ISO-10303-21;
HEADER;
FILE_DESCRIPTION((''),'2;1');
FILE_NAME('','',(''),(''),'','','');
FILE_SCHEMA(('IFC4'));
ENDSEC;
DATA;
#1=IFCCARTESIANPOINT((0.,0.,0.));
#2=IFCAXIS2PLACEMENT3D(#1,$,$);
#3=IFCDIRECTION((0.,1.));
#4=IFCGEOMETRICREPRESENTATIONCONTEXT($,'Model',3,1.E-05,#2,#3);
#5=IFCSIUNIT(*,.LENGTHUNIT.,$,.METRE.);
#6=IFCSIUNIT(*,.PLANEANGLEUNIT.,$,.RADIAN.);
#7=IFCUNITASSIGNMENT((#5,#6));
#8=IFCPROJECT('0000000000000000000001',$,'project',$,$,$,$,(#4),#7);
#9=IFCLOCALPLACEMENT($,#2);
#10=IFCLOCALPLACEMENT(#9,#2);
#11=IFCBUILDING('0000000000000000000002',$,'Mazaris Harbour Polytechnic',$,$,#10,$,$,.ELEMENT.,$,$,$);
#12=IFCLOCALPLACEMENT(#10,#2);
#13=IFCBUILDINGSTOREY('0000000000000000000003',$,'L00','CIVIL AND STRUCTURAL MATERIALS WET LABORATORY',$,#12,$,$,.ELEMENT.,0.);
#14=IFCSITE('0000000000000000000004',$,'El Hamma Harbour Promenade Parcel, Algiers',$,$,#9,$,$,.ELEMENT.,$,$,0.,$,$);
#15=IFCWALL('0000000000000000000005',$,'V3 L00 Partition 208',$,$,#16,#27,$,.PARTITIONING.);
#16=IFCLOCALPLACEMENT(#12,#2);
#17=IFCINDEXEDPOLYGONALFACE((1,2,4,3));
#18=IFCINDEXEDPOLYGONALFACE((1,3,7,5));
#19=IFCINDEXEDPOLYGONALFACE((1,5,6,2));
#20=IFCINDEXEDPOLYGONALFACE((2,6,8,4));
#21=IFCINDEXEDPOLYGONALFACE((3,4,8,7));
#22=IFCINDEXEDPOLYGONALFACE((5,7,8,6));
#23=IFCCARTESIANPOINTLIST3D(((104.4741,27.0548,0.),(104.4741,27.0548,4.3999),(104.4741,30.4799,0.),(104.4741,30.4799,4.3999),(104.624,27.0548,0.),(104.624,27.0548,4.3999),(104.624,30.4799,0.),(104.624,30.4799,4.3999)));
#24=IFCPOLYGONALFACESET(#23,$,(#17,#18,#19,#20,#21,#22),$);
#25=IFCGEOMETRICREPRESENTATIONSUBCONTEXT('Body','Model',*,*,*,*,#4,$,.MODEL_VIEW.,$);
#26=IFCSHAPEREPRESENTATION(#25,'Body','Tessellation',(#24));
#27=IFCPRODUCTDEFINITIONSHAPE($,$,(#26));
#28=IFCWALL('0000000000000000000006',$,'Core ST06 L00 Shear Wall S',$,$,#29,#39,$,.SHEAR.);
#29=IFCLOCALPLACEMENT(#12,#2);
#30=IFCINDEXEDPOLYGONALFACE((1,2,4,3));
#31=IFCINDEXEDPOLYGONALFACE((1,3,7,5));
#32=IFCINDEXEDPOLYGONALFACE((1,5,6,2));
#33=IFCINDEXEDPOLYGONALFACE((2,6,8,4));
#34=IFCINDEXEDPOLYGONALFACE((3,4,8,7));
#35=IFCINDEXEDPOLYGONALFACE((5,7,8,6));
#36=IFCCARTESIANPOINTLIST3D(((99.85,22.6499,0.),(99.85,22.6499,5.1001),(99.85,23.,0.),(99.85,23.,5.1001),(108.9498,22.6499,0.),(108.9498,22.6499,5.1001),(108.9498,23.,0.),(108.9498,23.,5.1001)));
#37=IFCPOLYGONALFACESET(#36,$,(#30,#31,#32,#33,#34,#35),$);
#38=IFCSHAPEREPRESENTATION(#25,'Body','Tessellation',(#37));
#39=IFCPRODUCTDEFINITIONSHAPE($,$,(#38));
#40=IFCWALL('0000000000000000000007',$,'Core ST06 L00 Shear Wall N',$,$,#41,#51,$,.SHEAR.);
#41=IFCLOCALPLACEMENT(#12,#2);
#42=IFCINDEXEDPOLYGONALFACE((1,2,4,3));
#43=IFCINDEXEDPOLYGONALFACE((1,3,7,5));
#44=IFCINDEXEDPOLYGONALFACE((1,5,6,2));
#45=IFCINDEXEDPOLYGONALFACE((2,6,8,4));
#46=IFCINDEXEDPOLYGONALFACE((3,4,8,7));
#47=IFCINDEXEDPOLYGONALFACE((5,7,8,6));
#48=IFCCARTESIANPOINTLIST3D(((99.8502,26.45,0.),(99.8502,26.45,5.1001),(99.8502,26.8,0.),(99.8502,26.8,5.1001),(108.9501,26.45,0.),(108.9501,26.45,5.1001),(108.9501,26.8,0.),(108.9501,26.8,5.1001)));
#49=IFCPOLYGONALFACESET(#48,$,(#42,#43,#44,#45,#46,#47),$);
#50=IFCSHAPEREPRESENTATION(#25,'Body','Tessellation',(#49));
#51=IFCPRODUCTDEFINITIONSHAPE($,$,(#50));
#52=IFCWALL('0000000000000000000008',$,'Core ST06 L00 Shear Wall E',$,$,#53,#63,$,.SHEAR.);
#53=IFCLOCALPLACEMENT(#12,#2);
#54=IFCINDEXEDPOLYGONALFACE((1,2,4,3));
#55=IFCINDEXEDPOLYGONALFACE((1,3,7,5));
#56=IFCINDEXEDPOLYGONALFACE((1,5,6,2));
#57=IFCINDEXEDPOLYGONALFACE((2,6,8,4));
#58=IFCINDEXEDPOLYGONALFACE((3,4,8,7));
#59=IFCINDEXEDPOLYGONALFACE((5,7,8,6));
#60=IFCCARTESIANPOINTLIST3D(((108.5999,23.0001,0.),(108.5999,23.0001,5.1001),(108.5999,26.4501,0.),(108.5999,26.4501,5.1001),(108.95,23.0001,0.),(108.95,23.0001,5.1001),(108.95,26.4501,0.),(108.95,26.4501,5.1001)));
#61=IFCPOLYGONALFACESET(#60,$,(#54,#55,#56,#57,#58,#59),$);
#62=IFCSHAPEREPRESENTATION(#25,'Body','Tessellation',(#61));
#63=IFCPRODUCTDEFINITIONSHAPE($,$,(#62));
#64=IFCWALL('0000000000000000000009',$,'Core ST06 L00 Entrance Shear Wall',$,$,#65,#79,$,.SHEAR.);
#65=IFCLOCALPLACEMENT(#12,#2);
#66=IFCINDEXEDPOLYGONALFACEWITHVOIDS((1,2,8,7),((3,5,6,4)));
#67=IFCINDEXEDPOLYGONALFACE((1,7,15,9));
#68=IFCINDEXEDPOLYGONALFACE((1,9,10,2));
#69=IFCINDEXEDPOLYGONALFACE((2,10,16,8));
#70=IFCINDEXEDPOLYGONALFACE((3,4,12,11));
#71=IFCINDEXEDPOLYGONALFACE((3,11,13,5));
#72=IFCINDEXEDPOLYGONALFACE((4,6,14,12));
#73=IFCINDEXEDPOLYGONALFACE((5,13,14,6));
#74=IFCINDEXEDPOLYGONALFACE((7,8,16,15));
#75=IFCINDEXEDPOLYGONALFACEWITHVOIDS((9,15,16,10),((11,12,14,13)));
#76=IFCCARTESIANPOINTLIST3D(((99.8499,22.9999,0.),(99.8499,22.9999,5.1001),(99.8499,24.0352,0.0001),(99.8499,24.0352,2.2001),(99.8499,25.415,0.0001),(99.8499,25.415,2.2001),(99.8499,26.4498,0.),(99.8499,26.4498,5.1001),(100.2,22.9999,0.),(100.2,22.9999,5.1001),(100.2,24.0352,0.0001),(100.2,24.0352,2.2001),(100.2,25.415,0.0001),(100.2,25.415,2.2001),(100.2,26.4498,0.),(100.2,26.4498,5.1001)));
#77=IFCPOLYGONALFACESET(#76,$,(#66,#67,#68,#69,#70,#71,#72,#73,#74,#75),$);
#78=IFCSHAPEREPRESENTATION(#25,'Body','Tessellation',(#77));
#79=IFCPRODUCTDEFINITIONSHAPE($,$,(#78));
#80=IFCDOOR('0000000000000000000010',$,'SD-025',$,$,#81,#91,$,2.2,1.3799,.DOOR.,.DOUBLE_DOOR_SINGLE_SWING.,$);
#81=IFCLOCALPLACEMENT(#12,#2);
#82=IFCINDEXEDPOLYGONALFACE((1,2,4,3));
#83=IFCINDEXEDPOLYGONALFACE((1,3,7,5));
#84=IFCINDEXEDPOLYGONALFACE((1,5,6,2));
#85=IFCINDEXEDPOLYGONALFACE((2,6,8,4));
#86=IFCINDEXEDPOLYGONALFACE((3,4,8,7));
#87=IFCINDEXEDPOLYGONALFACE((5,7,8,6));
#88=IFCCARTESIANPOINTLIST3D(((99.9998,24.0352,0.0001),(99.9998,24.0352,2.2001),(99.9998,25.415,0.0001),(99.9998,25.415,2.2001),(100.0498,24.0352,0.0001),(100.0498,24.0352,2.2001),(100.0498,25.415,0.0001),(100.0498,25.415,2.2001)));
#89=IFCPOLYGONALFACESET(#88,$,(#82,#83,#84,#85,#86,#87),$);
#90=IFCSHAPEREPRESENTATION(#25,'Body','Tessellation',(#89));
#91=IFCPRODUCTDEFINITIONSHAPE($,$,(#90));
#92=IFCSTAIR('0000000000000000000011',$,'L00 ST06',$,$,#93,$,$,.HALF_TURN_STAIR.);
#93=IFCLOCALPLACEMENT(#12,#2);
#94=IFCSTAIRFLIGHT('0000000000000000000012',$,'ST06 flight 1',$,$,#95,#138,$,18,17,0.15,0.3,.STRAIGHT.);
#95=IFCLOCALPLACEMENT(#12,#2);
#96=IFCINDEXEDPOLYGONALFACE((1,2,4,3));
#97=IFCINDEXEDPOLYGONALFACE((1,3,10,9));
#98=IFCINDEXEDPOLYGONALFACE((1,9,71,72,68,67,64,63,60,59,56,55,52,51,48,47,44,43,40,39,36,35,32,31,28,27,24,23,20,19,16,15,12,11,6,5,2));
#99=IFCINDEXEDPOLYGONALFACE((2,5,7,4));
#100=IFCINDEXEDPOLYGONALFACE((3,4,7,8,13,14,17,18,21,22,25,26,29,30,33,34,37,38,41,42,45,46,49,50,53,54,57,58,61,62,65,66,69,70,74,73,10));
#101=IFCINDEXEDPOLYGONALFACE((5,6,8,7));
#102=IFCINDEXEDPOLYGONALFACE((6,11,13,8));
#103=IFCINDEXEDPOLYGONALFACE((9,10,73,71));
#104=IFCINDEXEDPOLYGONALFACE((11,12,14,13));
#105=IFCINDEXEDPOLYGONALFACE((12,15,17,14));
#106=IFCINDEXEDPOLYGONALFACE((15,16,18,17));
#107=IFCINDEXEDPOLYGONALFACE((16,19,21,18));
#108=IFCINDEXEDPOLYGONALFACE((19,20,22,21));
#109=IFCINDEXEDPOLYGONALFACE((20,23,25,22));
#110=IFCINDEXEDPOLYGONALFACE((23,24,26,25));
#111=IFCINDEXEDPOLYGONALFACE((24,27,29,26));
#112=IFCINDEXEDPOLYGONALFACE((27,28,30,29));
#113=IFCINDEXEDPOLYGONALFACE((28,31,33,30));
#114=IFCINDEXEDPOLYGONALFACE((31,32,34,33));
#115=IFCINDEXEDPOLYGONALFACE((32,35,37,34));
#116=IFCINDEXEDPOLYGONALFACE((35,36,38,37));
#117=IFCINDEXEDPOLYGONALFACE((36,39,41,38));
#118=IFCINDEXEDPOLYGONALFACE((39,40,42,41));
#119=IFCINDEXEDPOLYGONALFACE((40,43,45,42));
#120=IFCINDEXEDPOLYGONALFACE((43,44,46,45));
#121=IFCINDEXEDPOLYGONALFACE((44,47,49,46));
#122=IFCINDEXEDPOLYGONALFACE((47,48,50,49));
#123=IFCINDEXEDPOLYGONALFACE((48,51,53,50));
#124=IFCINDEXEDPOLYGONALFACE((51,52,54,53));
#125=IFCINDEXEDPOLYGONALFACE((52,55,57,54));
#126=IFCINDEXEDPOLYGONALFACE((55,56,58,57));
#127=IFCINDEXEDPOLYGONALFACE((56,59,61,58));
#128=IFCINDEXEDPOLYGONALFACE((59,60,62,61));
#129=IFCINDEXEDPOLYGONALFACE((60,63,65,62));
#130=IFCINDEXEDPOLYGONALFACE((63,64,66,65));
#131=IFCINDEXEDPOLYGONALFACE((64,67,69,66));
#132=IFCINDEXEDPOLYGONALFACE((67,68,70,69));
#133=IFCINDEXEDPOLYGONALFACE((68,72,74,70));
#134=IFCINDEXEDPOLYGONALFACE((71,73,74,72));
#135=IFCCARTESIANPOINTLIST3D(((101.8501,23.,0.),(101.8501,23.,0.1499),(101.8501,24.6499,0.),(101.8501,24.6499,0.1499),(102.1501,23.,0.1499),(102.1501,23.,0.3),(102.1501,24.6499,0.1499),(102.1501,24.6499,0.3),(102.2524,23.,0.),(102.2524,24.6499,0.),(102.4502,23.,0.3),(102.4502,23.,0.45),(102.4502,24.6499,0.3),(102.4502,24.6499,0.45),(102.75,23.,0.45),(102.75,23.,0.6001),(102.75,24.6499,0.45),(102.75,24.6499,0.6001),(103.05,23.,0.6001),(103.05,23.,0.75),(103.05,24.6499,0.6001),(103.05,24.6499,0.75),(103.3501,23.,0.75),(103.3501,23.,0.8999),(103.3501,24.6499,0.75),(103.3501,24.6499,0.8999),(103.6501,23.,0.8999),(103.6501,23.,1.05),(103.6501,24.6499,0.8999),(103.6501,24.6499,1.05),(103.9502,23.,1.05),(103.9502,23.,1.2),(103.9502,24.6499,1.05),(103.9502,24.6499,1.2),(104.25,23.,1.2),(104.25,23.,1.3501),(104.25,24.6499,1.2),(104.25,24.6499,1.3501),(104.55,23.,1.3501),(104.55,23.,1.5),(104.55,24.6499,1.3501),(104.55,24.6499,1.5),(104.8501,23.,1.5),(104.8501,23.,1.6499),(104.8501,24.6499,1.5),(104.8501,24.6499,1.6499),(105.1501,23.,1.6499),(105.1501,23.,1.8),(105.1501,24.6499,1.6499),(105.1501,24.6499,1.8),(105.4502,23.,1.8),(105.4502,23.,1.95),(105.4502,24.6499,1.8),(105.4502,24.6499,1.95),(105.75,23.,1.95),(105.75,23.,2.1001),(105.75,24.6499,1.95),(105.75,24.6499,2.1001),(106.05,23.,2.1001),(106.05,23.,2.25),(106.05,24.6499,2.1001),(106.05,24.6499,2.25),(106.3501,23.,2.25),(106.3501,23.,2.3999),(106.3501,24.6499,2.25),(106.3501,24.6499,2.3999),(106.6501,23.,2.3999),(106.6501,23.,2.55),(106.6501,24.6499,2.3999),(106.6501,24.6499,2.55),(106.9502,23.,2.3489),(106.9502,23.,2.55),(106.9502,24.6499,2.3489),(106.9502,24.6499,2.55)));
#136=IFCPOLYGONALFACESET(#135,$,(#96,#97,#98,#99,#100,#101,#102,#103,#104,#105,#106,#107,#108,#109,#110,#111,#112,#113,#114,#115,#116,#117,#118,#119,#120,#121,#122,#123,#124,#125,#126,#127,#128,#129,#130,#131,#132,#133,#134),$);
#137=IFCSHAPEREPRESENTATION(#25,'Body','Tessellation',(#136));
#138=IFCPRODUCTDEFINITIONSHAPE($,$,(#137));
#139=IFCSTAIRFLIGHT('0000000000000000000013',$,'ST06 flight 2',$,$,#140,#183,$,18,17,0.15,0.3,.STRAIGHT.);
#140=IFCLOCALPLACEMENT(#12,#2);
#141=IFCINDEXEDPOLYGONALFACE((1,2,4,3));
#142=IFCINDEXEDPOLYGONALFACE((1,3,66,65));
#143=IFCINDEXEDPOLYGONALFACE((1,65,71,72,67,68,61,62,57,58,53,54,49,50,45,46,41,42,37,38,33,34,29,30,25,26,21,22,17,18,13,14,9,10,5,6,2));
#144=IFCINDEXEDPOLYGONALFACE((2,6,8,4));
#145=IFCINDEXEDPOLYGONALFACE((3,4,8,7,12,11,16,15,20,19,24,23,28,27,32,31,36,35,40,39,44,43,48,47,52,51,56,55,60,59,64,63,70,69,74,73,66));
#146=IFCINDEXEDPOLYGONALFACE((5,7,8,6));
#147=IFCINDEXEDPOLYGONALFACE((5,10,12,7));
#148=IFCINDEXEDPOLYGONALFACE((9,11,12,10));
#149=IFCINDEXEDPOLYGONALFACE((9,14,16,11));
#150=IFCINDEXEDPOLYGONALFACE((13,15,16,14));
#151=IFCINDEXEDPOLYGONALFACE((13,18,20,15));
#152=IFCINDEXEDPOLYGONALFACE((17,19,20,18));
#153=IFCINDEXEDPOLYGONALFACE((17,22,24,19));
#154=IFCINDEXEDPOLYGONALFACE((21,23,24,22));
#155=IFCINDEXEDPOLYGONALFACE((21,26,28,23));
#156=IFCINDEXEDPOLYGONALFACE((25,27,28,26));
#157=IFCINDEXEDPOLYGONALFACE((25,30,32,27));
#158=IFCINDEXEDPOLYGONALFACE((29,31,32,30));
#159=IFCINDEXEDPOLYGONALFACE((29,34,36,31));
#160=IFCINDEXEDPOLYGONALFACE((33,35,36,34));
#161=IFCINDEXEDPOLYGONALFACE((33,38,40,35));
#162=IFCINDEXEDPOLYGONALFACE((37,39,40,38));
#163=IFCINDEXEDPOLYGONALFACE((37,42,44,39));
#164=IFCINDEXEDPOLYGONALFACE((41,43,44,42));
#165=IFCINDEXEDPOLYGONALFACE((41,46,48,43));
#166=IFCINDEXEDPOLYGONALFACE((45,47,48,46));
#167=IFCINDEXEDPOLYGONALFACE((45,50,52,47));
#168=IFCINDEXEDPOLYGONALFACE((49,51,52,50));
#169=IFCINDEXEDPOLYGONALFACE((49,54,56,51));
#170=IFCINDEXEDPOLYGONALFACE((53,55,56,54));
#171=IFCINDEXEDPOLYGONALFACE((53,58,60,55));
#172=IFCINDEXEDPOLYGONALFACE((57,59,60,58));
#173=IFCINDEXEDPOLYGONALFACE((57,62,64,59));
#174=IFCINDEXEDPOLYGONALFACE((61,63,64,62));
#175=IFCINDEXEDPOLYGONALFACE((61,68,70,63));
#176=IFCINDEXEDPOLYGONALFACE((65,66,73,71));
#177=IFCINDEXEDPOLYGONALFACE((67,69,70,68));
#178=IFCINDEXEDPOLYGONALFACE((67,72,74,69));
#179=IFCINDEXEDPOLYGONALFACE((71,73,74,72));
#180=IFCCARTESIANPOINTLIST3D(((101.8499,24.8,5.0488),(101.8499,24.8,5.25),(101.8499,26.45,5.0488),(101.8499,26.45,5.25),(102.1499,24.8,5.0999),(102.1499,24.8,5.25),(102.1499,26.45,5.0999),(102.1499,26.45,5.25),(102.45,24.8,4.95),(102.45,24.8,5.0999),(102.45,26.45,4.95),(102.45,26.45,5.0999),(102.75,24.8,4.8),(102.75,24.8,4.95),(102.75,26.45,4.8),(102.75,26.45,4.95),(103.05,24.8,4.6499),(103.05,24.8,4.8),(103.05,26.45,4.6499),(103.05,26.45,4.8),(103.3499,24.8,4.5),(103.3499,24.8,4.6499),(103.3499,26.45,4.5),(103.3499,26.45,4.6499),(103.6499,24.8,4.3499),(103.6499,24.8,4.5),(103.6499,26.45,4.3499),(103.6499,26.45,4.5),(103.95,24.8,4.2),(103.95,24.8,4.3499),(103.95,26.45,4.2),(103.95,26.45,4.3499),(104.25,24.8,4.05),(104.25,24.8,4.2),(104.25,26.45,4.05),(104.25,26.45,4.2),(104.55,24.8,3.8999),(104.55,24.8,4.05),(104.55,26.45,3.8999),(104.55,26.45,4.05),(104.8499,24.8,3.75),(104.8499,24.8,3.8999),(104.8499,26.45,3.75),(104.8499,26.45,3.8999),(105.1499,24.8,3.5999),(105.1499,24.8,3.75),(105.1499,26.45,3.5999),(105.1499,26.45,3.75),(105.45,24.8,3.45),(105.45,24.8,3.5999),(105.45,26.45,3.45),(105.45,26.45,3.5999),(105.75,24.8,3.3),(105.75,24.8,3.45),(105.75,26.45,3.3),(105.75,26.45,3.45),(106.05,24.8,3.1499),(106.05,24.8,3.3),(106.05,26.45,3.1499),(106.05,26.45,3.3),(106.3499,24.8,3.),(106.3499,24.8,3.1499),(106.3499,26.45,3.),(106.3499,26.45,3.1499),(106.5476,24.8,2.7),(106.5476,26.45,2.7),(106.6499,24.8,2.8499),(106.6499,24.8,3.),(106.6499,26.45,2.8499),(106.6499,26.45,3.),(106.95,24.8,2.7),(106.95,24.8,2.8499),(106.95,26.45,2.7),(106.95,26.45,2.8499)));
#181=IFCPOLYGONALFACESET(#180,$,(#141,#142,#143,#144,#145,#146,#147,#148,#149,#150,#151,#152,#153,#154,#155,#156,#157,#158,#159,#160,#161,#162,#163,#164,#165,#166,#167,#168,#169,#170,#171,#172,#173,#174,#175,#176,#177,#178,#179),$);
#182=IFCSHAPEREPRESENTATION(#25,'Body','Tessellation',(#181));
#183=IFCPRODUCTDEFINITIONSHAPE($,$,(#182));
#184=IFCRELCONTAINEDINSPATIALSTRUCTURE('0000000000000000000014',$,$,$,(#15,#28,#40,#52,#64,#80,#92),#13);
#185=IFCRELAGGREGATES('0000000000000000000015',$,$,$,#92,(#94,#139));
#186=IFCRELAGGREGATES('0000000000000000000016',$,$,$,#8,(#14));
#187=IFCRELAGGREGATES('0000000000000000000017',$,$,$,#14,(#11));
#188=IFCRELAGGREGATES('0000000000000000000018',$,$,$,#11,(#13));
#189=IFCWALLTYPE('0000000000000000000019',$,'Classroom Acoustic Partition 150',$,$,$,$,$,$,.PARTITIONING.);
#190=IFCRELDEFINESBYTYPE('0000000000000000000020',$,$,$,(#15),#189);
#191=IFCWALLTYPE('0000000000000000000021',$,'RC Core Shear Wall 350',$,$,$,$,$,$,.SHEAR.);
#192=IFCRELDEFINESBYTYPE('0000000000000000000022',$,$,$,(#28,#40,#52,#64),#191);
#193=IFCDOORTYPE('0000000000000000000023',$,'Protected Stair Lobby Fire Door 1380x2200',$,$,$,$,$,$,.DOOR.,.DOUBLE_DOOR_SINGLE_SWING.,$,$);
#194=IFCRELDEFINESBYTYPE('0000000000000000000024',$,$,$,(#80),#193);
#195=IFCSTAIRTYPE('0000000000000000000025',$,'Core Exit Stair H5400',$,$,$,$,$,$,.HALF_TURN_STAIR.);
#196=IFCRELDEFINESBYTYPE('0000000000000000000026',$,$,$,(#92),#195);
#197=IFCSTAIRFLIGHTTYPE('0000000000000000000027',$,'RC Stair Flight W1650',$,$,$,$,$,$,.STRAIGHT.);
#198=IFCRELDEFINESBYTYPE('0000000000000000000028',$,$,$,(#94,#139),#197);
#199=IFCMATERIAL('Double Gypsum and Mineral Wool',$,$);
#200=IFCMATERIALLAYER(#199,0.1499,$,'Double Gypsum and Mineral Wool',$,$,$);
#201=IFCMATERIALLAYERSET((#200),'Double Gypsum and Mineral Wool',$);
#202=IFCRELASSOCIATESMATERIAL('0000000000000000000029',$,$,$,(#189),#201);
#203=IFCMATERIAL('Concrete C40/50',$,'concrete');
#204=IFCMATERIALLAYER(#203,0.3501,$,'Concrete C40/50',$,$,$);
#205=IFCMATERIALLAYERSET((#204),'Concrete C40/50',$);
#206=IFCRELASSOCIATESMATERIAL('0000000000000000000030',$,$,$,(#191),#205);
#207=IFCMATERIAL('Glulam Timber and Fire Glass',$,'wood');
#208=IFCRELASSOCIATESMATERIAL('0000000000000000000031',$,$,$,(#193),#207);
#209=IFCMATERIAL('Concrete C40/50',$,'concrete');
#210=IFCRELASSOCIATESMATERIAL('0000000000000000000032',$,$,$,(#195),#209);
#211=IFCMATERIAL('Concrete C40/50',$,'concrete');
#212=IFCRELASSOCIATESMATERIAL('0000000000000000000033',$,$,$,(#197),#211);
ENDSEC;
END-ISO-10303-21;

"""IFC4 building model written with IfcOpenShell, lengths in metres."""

from ifc_helpers import new_model, si_unit, direction, frame, frame_2d, origin, place, context, subcontext, project, spatial, polyline, rectangle, outline, extrude, material, layer, layer_set, type_object, element, fill, aggregate, save


model = new_model("IFC4")

# Units and contexts
model_context = context("Model", 3, precision=1e-05, world=origin(), true_north=direction((0.0, 1.0)))
body_context = subcontext(model_context, "Body", "Model", "MODEL_VIEW")
ifc_project = project(units=[si_unit("LENGTHUNIT", "METRE"), si_unit("PLANEANGLEUNIT", "RADIAN")], contexts=[model_context])

# Site, building, storey
site_placement = place(None, origin())
site = spatial("IfcSite", under=ifc_project, at=site_placement, Name="El Hamma Harbour Promenade Parcel, Algiers", CompositionType="ELEMENT", RefElevation=0.0)
building_placement = place(site_placement, origin())
building = spatial("IfcBuilding", under=site, at=building_placement, Name="Mazaris Harbour Polytechnic", CompositionType="ELEMENT")
storey_placement = place(building_placement, origin())
storey = spatial("IfcBuildingStorey", under=building, at=storey_placement, Name="L00", Description="CIVIL AND STRUCTURAL MATERIALS WET LABORATORY", CompositionType="ELEMENT", Elevation=0.0)

# Walls
ifc_material_1 = material(Name="Double Gypsum and Mineral Wool")
ifc_layer_1 = layer(ifc_material_1, 0.1499, Name="Double Gypsum and Mineral Wool")
ifc_layer_set_1 = layer_set([ifc_layer_1], Name="Double Gypsum and Mineral Wool")
wall_type_1 = type_object("IfcWallType", Name="Classroom Acoustic Partition 150", PredefinedType="PARTITIONING", material=ifc_layer_set_1)
wall_1_placement = place(storey_placement, frame((104.5491, 27.0549, 0.0), z_axis=(0.0, 0.0, 1.0), x_axis=(0.0, 1.0, 0.0)))
element("IfcWall", 1, at=wall_1_placement, inside=storey, type_object=wall_type_1, Name="V3 L00 Partition 208", PredefinedType="PARTITIONING", context=body_context, shape_type="SweptSolid", body=[
    extrude(rectangle(XDim=3.425, YDim=0.1499, at=frame_2d((1.7124, 0.0))), origin(), (0.0, 0.0, 1.0), 4.3999),
])
ifc_material_2 = material(Name="Concrete C40/50", Category="concrete")
ifc_layer_2 = layer(ifc_material_2, 0.3501, Name="Concrete C40/50")
ifc_layer_set_2 = layer_set([ifc_layer_2], Name="Concrete C40/50")
wall_type_2 = type_object("IfcWallType", Name="RC Core Shear Wall 350", PredefinedType="SHEAR", material=ifc_layer_set_2)
for number, where, z_axis, x_axis, name in (
    (2, (99.8501, 22.825, 0.0), (0.0, 0.0, 1.0), (1.0, 0.0, 0.0), "Core ST06 L00 Shear Wall S"),
    (3, (108.95, 26.625, 0.0), (0.0, 0.0, 1.0), (-1.0, 0.0, 0.0), "Core ST06 L00 Shear Wall N"),
):
    element("IfcWall", number, at=place(storey_placement, frame(where, z_axis=z_axis, x_axis=x_axis)), inside=storey, type_object=wall_type_2, Name=name, PredefinedType="SHEAR", context=body_context, shape_type="SweptSolid", body=[
        extrude(rectangle(XDim=9.0999, YDim=0.3501, at=frame_2d((4.5498, 0.0))), origin(), (0.0, 0.0, 1.0), 5.1001),
    ])
wall_2_placement = place(storey_placement, frame((108.7749, 23.0, 0.0), z_axis=(0.0, 0.0, 1.0), x_axis=(0.0, 1.0, 0.0)))
element("IfcWall", 4, at=wall_2_placement, inside=storey, type_object=wall_type_2, Name="Core ST06 L00 Shear Wall E", PredefinedType="SHEAR", context=body_context, shape_type="SweptSolid", body=[
    extrude(rectangle(XDim=3.45, YDim=0.3501, at=frame_2d((1.7251, 0.0))), origin(), (0.0, 0.0, 1.0), 5.1001),
])

# Wall, opening, door
wall_3_placement = place(storey_placement, frame((100.0249, 26.45, 0.0), z_axis=(0.0, 0.0, 1.0), x_axis=(0.0, -1.0, 0.0)))
wall_3 = element("IfcWall", 5, at=wall_3_placement, inside=storey, type_object=wall_type_2, Name="Core ST06 L00 Entrance Shear Wall", PredefinedType="SHEAR", context=body_context, shape_type="SweptSolid", body=[
    extrude(rectangle(XDim=3.45, YDim=0.3501, at=frame_2d((1.7251, 0.0))), origin(), (0.0, 0.0, 1.0), 5.1001),
])
opening_placement = place(wall_3_placement, frame((1.0349, 0.0, 0.0)))
opening = element("IfcOpeningElement", 6, at=opening_placement, cuts=wall_3, PredefinedType="OPENING", context=body_context, shape_type="SweptSolid", body=[
    extrude(rectangle(XDim=1.3799, YDim=2.2, at=frame_2d((0.6899, 1.1001))), frame((0.0, 0.1851, 0.0), z_axis=(0.0, -1.0, 0.0), x_axis=(1.0, 0.0, 0.0)), (0.0, 0.0, 1.0), 0.3701),
])
ifc_material_3 = material(Name="Glulam Timber and Fire Glass", Category="wood")
door_type = type_object("IfcDoorType", Name="Protected Stair Lobby Fire Door 1380x2200", OperationType="DOUBLE_DOOR_SINGLE_SWING", PredefinedType="DOOR", material=ifc_material_3)
door_placement = place(opening_placement, origin())
door = element("IfcDoor", 7, at=door_placement, inside=storey, type_object=door_type, Name="SD-025", OperationType="DOUBLE_DOOR_SINGLE_SWING", OverallHeight=2.2, OverallWidth=1.3799, PredefinedType="DOOR", context=body_context, shape_type="SweptSolid", body=[
    extrude(rectangle(XDim=1.3799, YDim=2.2, at=frame_2d((0.6899, 1.1001))), frame((0.0, 0.0249, 0.0), z_axis=(0.0, -1.0, 0.0), x_axis=(1.0, 0.0, 0.0)), (0.0, 0.0, 1.0), 0.05),
])
fill(opening, door)

# Stair, stair flights
ifc_material_4 = material(Name="Concrete C40/50", Category="concrete")
stair_type = type_object("IfcStairType", Name="Core Exit Stair H5400", PredefinedType="HALF_TURN_STAIR", material=ifc_material_4)
stair_placement = place(storey_placement, origin())
stair = element("IfcStair", 8, at=stair_placement, inside=storey, type_object=stair_type, Name="L00 ST06", PredefinedType="HALF_TURN_STAIR")
ifc_material_5 = material(Name="Concrete C40/50", Category="concrete")
stair_flight_type = type_object("IfcStairFlightType", Name="RC Stair Flight W1650", PredefinedType="STRAIGHT", material=ifc_material_5)
stair_flight_1_placement = place(storey_placement, frame((101.8501, 23.825, 0.0), z_axis=(0.0, 0.0, 1.0), x_axis=(1.0, 0.0, 0.0)))
stair_flight_1 = element("IfcStairFlight", 9, at=stair_flight_1_placement, type_object=stair_flight_type, Name="ST06 flight 1", NumberOfRisers=18, NumberOfTreads=17, PredefinedType="STRAIGHT", RiserHeight=0.15, TreadLength=0.3, context=body_context, shape_type="SweptSolid", body=[
    extrude(outline(polyline([(0.0, 0.0), (0.0, 0.1499), (0.3, 0.1499), (0.3, 0.3), (0.6001, 0.3), (0.6001, 0.45), (0.8999, 0.45), (0.8999, 0.6001), (1.2, 0.6001), (1.2, 0.75), (1.5, 0.75), (1.5, 0.8999), (1.8, 0.8999), (1.8, 1.05), (2.1001, 1.05), (2.1001, 1.2), (2.3999, 1.2), (2.3999, 1.3501), (2.7, 1.3501), (2.7, 1.5), (3.0, 1.5), (3.0, 1.6499), (3.3, 1.6499), (3.3, 1.8), (3.6001, 1.8), (3.6001, 1.95), (3.8999, 1.95), (3.8999, 2.1001), (4.2, 2.1001), (4.2, 2.25), (4.5, 2.25), (4.5, 2.3999), (4.8, 2.3999), (4.8, 2.55), (5.1001, 2.55), (5.1001, 2.7), (5.1001, 2.3489), (0.4023, 0.0), (0.0, 0.0)])), frame((0.0, 0.825, 0.0), z_axis=(0.0, -1.0, 0.0), x_axis=(1.0, 0.0, 0.0)), (0.0, 0.0, 1.0), 1.6499),
])
stair_flight_2_placement = place(storey_placement, frame((106.95, 25.625, 2.7), z_axis=(0.0, 0.0, 1.0), x_axis=(-1.0, 0.0, 0.0)))
stair_flight_2 = element("IfcStairFlight", 10, at=stair_flight_2_placement, type_object=stair_flight_type, Name="ST06 flight 2", NumberOfRisers=18, NumberOfTreads=17, PredefinedType="STRAIGHT", RiserHeight=0.15, TreadLength=0.3, context=body_context, shape_type="SweptSolid", body=[
    extrude(outline(polyline([(0.0, 0.0), (0.0, 0.1499), (0.3, 0.1499), (0.3, 0.3), (0.6001, 0.3), (0.6001, 0.45), (0.8999, 0.45), (0.8999, 0.6001), (1.2, 0.6001), (1.2, 0.75), (1.5, 0.75), (1.5, 0.8999), (1.8, 0.8999), (1.8, 1.05), (2.1001, 1.05), (2.1001, 1.2), (2.3999, 1.2), (2.3999, 1.3501), (2.7, 1.3501), (2.7, 1.5), (3.0, 1.5), (3.0, 1.6499), (3.3, 1.6499), (3.3, 1.8), (3.6001, 1.8), (3.6001, 1.95), (3.8999, 1.95), (3.8999, 2.1001), (4.2, 2.1001), (4.2, 2.25), (4.5, 2.25), (4.5, 2.3999), (4.8, 2.3999), (4.8, 2.55), (5.1001, 2.55), (5.1001, 2.7), (5.1001, 2.3489), (0.4023, 0.0), (0.0, 0.0)])), frame((0.0, 0.825, 0.0), z_axis=(0.0, -1.0, 0.0), x_axis=(1.0, 0.0, 0.0)), (0.0, 0.0, 1.0), 1.6499),
])
aggregate(stair, [stair_flight_1, stair_flight_2])

save(model, "model.ifc")
